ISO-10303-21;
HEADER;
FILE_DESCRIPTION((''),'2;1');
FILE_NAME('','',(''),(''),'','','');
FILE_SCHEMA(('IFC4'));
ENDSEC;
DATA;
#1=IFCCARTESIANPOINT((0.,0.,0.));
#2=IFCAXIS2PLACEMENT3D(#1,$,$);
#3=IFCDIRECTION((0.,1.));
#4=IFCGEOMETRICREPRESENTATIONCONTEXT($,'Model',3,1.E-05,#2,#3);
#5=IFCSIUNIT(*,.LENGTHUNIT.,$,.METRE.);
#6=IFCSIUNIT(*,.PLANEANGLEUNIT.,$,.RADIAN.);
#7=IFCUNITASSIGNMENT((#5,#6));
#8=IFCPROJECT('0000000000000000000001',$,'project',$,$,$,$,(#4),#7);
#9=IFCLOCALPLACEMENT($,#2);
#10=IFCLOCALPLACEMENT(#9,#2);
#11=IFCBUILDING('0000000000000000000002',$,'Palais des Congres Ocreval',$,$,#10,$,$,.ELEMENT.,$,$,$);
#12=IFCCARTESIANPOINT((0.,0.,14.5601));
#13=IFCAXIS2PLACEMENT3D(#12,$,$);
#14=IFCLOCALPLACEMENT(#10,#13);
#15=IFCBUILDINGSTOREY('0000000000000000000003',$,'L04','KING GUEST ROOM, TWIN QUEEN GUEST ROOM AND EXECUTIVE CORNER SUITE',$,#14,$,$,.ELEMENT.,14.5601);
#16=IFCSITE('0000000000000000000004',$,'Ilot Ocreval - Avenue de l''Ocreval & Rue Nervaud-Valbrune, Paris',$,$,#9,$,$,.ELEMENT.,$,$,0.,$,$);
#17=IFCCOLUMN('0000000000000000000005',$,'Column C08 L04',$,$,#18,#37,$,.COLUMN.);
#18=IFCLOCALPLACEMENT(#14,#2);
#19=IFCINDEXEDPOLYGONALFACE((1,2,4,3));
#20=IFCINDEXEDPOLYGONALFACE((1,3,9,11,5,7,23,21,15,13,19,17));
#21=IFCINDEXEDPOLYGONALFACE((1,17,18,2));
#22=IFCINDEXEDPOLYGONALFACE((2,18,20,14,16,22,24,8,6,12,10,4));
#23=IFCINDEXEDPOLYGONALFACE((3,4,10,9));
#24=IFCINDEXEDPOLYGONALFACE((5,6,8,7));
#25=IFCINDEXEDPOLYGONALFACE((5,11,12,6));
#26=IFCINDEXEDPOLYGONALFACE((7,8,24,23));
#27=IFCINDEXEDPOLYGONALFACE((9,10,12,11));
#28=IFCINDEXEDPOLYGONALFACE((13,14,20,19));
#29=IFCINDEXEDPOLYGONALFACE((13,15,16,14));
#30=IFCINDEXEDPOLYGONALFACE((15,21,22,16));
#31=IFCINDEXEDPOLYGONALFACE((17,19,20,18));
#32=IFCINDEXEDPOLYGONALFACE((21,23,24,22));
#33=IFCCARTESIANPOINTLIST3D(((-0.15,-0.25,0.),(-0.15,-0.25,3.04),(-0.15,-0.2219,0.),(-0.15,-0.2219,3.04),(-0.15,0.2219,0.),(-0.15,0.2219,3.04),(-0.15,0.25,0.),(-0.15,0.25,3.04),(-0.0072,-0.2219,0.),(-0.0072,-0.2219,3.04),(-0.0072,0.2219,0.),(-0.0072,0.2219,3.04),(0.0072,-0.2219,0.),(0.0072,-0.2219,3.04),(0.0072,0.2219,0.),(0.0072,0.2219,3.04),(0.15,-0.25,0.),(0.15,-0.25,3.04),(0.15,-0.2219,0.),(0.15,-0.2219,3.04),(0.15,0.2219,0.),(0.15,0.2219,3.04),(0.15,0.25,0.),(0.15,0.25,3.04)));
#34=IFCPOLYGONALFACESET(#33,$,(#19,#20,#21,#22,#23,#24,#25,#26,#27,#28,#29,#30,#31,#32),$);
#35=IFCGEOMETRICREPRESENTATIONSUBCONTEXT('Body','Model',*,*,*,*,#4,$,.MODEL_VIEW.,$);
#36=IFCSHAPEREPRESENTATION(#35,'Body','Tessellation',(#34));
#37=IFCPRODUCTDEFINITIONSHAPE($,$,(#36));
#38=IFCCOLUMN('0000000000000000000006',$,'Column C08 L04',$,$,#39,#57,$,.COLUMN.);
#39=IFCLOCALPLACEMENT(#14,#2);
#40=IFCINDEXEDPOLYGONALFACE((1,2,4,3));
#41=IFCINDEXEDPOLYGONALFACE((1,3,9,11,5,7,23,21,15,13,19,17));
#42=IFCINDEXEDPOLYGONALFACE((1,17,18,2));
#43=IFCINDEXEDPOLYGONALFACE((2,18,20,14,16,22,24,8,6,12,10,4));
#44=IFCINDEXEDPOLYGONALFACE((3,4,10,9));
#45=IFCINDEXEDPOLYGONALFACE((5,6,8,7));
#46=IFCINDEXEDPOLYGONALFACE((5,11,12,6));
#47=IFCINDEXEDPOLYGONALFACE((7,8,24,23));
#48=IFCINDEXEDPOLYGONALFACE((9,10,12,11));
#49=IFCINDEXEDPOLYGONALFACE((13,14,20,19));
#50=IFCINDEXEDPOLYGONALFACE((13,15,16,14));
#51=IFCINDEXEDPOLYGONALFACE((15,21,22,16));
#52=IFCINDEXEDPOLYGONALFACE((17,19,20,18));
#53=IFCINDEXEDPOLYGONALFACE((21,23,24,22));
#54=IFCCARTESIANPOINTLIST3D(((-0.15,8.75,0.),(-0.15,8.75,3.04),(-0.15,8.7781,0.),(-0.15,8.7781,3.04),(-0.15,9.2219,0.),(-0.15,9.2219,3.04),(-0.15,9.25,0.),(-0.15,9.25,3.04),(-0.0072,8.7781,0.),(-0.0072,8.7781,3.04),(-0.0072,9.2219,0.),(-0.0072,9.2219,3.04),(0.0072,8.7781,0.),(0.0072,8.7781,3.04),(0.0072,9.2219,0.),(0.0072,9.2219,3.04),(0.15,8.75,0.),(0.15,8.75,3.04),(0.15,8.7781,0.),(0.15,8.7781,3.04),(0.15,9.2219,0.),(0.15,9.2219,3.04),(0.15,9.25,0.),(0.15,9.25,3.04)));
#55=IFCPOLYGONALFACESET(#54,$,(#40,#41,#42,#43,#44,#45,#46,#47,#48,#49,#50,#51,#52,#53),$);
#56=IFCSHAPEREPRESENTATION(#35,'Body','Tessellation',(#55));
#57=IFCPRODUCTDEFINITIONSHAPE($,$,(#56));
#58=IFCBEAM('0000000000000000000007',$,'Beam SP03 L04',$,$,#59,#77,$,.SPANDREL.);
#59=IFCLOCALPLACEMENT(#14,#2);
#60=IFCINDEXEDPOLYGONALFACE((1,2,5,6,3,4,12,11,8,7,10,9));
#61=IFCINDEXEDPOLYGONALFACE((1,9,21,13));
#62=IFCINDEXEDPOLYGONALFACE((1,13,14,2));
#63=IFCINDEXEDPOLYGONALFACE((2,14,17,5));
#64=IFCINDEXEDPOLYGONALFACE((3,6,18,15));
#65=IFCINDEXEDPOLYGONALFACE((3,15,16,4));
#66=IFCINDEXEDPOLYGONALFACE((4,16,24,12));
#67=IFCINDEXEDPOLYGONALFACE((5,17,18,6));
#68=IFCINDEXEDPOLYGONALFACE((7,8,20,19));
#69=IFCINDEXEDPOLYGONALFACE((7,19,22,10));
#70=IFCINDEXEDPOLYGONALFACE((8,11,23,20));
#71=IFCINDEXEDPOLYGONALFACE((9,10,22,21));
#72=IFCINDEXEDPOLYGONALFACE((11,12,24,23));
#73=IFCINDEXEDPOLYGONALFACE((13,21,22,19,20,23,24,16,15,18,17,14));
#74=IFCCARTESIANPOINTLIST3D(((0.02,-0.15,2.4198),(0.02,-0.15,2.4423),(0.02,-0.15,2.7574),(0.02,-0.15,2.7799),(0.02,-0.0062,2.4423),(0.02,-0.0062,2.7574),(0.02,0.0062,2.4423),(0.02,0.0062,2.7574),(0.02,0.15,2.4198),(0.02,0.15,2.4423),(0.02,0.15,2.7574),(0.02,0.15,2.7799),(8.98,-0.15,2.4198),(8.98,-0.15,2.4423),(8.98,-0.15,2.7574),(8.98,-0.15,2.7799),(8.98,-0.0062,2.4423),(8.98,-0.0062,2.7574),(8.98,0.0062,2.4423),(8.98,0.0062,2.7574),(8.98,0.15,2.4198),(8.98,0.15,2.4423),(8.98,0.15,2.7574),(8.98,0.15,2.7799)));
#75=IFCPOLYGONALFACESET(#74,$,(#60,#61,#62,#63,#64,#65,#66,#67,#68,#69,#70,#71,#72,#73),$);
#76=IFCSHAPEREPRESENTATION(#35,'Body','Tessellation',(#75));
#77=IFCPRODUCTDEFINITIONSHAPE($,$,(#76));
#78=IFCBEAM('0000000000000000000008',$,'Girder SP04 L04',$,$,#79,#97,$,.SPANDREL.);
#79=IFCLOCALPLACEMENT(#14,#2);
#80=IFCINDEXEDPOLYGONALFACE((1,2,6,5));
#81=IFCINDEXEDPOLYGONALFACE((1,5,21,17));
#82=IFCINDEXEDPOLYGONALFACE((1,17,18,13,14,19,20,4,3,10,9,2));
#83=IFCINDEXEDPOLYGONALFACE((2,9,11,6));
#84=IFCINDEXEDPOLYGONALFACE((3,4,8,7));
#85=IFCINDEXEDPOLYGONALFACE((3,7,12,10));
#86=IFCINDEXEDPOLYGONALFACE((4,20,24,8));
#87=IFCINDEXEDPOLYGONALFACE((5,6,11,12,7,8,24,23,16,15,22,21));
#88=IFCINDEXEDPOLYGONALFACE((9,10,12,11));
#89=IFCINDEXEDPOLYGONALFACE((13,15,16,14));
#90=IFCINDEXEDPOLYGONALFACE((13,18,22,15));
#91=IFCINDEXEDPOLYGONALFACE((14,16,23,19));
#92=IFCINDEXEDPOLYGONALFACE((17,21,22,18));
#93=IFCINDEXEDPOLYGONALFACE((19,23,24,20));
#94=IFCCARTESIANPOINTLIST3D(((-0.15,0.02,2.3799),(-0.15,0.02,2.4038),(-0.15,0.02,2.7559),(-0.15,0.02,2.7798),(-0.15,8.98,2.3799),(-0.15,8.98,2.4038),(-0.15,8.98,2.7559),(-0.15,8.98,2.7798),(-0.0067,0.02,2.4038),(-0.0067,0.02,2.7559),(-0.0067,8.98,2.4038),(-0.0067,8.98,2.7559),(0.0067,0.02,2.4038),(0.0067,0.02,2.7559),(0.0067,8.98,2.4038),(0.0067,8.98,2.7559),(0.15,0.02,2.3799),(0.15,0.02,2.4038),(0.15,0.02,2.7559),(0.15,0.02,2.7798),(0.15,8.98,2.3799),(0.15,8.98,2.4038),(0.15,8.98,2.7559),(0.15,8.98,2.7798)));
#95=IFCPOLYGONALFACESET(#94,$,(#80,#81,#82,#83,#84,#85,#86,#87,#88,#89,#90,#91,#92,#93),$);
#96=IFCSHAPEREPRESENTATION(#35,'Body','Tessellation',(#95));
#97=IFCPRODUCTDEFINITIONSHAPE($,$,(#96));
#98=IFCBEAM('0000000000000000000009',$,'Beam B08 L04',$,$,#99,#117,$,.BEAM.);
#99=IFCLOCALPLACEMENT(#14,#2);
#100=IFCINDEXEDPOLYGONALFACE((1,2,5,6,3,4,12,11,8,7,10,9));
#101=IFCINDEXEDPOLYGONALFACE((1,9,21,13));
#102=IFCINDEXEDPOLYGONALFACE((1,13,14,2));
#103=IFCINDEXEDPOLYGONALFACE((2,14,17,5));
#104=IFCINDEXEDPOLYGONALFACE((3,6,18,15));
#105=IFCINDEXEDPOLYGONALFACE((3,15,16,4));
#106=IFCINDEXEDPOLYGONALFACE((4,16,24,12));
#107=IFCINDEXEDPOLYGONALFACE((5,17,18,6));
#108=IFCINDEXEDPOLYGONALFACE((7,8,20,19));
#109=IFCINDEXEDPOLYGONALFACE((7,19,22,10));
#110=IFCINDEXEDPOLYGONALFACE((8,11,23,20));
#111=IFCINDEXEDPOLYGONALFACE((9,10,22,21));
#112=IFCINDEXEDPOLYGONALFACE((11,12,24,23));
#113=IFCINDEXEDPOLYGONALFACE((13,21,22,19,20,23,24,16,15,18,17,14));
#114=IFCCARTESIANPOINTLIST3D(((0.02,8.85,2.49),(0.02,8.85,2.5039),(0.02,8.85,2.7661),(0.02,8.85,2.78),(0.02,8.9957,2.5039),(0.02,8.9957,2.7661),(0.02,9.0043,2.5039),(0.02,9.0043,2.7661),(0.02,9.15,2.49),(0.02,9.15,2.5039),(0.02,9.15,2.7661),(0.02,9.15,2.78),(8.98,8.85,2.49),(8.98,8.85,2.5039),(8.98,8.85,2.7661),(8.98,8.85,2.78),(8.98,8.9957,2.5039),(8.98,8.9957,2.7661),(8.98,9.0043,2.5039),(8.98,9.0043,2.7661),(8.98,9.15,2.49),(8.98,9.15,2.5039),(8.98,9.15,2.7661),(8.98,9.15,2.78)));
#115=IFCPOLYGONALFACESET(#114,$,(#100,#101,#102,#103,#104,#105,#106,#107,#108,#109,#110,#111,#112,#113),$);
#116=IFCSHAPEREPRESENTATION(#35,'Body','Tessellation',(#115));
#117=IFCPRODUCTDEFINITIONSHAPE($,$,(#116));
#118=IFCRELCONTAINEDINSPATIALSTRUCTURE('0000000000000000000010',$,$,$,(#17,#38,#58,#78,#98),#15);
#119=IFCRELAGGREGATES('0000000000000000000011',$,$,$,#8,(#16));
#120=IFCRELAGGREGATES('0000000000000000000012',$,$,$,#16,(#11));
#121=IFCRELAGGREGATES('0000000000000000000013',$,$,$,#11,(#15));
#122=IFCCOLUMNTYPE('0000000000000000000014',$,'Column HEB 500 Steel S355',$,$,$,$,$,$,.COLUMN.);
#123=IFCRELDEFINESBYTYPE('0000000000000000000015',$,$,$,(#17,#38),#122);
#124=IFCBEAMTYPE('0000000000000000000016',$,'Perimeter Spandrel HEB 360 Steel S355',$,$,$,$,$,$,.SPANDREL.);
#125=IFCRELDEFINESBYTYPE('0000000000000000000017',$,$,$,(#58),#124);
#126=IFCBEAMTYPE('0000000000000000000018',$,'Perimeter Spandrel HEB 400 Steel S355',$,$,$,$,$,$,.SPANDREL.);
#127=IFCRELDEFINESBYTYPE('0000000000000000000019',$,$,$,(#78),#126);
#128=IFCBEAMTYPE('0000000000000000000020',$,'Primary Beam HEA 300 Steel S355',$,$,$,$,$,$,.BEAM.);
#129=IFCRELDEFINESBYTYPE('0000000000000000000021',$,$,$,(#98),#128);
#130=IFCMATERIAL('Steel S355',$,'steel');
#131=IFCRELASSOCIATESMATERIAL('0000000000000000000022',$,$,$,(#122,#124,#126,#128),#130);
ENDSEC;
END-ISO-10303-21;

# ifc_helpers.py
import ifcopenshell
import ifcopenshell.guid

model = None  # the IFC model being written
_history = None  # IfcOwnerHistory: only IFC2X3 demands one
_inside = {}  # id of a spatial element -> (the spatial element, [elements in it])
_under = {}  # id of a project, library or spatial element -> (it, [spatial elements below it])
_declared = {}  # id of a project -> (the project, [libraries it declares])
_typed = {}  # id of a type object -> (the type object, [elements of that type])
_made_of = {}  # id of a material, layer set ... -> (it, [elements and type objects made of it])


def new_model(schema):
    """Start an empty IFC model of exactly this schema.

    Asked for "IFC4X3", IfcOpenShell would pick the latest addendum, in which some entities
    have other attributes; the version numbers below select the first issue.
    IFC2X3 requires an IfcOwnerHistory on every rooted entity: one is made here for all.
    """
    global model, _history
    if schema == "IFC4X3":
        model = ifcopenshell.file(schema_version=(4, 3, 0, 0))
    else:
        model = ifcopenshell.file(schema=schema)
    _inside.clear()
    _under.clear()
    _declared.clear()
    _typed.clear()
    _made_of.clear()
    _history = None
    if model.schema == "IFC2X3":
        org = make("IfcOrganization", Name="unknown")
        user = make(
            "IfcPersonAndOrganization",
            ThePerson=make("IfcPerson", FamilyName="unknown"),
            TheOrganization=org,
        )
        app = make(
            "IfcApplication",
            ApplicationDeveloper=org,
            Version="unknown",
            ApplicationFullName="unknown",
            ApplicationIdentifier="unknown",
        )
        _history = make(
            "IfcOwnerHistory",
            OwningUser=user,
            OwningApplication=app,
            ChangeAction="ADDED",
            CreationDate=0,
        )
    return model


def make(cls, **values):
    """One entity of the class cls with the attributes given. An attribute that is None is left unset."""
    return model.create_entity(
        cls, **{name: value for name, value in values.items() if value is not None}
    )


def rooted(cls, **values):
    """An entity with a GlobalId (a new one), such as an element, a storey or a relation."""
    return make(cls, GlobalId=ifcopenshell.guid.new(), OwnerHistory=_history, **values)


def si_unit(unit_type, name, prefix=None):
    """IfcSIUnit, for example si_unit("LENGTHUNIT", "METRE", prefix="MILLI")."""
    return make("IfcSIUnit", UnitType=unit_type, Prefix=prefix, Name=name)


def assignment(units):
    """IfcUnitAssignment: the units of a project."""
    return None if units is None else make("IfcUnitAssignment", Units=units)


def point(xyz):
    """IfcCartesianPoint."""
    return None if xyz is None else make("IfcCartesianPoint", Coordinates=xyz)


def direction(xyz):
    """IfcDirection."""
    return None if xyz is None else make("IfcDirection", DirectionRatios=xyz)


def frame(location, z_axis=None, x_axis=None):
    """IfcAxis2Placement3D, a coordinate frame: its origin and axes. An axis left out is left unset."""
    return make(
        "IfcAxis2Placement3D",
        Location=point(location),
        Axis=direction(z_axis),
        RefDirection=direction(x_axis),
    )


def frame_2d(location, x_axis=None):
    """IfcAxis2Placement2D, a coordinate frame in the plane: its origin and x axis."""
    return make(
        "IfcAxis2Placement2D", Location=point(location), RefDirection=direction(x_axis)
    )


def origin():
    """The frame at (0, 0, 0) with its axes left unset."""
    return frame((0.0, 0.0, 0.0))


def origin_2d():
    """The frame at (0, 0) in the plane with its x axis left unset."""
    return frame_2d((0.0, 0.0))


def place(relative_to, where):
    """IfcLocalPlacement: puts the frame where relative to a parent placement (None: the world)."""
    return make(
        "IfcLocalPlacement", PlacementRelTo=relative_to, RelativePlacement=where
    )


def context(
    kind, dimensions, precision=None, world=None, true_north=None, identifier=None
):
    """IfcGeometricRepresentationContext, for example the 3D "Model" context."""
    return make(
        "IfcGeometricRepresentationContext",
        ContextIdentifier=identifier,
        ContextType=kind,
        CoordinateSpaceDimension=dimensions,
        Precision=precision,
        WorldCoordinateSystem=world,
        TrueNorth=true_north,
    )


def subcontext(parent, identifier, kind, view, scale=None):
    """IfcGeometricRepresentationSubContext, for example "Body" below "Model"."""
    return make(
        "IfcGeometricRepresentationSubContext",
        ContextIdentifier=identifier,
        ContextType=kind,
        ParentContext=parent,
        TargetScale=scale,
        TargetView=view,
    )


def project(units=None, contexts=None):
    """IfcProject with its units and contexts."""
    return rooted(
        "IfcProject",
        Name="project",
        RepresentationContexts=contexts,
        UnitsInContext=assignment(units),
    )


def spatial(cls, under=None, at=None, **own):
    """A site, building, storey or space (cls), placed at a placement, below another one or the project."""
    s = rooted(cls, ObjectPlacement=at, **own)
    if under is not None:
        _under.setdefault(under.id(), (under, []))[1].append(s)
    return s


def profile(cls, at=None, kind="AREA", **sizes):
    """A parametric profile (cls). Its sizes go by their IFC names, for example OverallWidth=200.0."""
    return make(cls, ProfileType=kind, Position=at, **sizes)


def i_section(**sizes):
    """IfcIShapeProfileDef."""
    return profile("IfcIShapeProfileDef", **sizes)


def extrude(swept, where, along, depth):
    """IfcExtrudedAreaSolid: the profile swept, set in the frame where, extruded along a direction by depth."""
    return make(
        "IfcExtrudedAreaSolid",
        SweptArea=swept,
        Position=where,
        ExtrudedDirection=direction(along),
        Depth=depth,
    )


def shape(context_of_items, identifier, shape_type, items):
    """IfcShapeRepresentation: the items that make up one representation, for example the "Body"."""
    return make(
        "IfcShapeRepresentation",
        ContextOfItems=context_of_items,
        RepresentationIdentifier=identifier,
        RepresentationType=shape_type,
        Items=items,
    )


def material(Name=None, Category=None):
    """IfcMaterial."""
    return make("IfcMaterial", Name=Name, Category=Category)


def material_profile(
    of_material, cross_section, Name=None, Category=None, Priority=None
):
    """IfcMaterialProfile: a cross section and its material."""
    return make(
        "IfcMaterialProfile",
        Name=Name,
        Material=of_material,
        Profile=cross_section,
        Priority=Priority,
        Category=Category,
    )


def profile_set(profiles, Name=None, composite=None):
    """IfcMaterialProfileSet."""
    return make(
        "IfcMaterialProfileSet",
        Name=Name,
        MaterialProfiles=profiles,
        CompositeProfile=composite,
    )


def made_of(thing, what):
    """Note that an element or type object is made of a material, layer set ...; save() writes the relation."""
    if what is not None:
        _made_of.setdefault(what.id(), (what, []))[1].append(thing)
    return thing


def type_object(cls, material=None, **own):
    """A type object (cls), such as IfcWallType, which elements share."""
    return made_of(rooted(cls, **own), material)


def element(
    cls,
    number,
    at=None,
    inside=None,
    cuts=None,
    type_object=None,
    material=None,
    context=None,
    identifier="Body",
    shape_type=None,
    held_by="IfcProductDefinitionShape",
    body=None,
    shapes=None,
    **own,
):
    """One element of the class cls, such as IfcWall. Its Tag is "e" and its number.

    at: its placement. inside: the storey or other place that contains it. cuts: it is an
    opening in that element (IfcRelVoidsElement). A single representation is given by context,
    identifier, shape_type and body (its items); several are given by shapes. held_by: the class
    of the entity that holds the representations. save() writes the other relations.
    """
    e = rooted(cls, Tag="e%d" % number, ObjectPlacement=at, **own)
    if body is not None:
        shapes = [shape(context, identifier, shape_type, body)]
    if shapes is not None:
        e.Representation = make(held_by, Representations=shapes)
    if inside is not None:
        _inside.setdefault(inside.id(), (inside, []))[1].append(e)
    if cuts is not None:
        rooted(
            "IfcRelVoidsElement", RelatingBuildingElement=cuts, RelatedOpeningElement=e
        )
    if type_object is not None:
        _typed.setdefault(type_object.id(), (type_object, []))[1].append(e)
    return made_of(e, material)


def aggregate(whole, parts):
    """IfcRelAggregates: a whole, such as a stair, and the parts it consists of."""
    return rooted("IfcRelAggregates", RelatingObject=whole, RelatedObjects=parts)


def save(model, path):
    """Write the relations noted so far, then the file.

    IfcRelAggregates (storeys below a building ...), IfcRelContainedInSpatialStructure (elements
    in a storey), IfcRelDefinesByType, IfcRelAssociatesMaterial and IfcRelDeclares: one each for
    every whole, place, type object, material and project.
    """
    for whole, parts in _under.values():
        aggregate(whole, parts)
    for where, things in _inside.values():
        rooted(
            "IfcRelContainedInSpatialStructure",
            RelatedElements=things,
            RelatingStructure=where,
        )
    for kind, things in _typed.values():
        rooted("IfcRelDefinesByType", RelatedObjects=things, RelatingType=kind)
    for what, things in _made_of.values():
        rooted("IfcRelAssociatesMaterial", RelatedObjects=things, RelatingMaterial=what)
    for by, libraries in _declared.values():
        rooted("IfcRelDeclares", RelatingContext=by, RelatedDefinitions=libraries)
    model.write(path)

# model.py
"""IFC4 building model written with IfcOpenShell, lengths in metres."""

from ifc_helpers import new_model, si_unit, direction, frame, origin, origin_2d, place, context, subcontext, project, spatial, i_section, extrude, material, material_profile, profile_set, type_object, element, save


model = new_model("IFC4")

# Units and contexts
model_context = context("Model", 3, precision=1e-05, world=origin(), true_north=direction((0.0, 1.0)))
body_context = subcontext(model_context, "Body", "Model", "MODEL_VIEW")
ifc_project = project(units=[si_unit("LENGTHUNIT", "METRE"), si_unit("PLANEANGLEUNIT", "RADIAN")], contexts=[model_context])

# Site, building, storey
site_placement = place(None, origin())
site = spatial("IfcSite", under=ifc_project, at=site_placement, Name="Ilot Ocreval - Avenue de l'Ocreval & Rue Nervaud-Valbrune, Paris", CompositionType="ELEMENT", RefElevation=0.0)
building_placement = place(site_placement, origin())
building = spatial("IfcBuilding", under=site, at=building_placement, Name="Palais des Congres Ocreval", CompositionType="ELEMENT")
storey_placement = place(building_placement, frame((0.0, 0.0, 14.5601)))
storey = spatial("IfcBuildingStorey", under=building, at=storey_placement, Name="L04", Description="KING GUEST ROOM, TWIN QUEEN GUEST ROOM AND EXECUTIVE CORNER SUITE", CompositionType="ELEMENT", Elevation=14.5601)

# Columns
ifc_material_1 = material(Name="Steel S355", Category="steel")
ifc_material_profile_1 = material_profile(ifc_material_1, i_section(OverallWidth=0.3, OverallDepth=0.5, WebThickness=0.0144, FlangeThickness=0.0281, at=origin_2d()), Name="HEB 500")
ifc_profile_set_1 = profile_set([ifc_material_profile_1], Name="Steel S355")
column_type = type_object("IfcColumnType", Name="Column HEB 500 Steel S355", PredefinedType="COLUMN", material=ifc_profile_set_1)
for number, where, z_axis, x_axis, name in (
    (1, (0.0, 0.0, 0.0), (0.0, 0.0, 1.0), (1.0, 0.0, 0.0), "Column C08 L04"),
    (2, (0.0, 9.0, 0.0), (0.0, 0.0, 1.0), (1.0, 0.0, 0.0), "Column C08 L04"),
):
    element("IfcColumn", number, at=place(storey_placement, frame(where, z_axis=z_axis, x_axis=x_axis)), inside=storey, type_object=column_type, Name=name, PredefinedType="COLUMN", context=body_context, shape_type="SweptSolid", body=[
        extrude(i_section(OverallWidth=0.3, OverallDepth=0.5, WebThickness=0.0144, FlangeThickness=0.0281, at=origin_2d()), origin(), (0.0, 0.0, 1.0), 3.04),
    ])

# Beams
ifc_material_profile_2 = material_profile(ifc_material_1, i_section(OverallWidth=0.3, OverallDepth=0.3601, WebThickness=0.0125, FlangeThickness=0.0225, at=origin_2d()), Name="HEB 360")
ifc_profile_set_2 = profile_set([ifc_material_profile_2], Name="Steel S355")
beam_type_1 = type_object("IfcBeamType", Name="Perimeter Spandrel HEB 360 Steel S355", PredefinedType="SPANDREL", material=ifc_profile_set_2)
beam_1_placement = place(storey_placement, frame((0.02, 0.0, 2.5999), z_axis=(1.0, 0.0, 0.0), x_axis=(0.0, 1.0, 0.0)))
element("IfcBeam", 3, at=beam_1_placement, inside=storey, type_object=beam_type_1, Name="Beam SP03 L04", PredefinedType="SPANDREL", context=body_context, shape_type="SweptSolid", body=[
    extrude(i_section(OverallWidth=0.3, OverallDepth=0.3601, WebThickness=0.0125, FlangeThickness=0.0225, at=origin_2d()), origin(), (0.0, 0.0, 1.0), 8.96),
])
ifc_material_profile_3 = material_profile(ifc_material_1, i_section(OverallWidth=0.3, OverallDepth=0.3999, WebThickness=0.0134, FlangeThickness=0.0239, at=origin_2d()), Name="HEB 400")
ifc_profile_set_3 = profile_set([ifc_material_profile_3], Name="Steel S355")
beam_type_2 = type_object("IfcBeamType", Name="Perimeter Spandrel HEB 400 Steel S355", PredefinedType="SPANDREL", material=ifc_profile_set_3)
beam_2_placement = place(storey_placement, frame((0.0, 0.02, 2.5798), z_axis=(0.0, 1.0, 0.0), x_axis=(-1.0, 0.0, 0.0)))
element("IfcBeam", 4, at=beam_2_placement, inside=storey, type_object=beam_type_2, Name="Girder SP04 L04", PredefinedType="SPANDREL", context=body_context, shape_type="SweptSolid", body=[
    extrude(i_section(OverallWidth=0.3, OverallDepth=0.3999, WebThickness=0.0134, FlangeThickness=0.0239, at=origin_2d()), origin(), (0.0, 0.0, 1.0), 8.96),
])
ifc_material_profile_4 = material_profile(ifc_material_1, i_section(OverallWidth=0.3, OverallDepth=0.29, WebThickness=0.0085, FlangeThickness=0.0139, at=origin_2d()), Name="HEA 300")
ifc_profile_set_4 = profile_set([ifc_material_profile_4], Name="Steel S355")
beam_type_3 = type_object("IfcBeamType", Name="Primary Beam HEA 300 Steel S355", PredefinedType="BEAM", material=ifc_profile_set_4)
beam_3_placement = place(storey_placement, frame((0.02, 9.0, 2.635), z_axis=(1.0, 0.0, 0.0), x_axis=(0.0, 1.0, 0.0)))
element("IfcBeam", 5, at=beam_3_placement, inside=storey, type_object=beam_type_3, Name="Beam B08 L04", PredefinedType="BEAM", context=body_context, shape_type="SweptSolid", body=[
    extrude(i_section(OverallWidth=0.3, OverallDepth=0.29, WebThickness=0.0085, FlangeThickness=0.0139, at=origin_2d()), origin(), (0.0, 0.0, 1.0), 8.96),
])

save(model, "model.ifc")
